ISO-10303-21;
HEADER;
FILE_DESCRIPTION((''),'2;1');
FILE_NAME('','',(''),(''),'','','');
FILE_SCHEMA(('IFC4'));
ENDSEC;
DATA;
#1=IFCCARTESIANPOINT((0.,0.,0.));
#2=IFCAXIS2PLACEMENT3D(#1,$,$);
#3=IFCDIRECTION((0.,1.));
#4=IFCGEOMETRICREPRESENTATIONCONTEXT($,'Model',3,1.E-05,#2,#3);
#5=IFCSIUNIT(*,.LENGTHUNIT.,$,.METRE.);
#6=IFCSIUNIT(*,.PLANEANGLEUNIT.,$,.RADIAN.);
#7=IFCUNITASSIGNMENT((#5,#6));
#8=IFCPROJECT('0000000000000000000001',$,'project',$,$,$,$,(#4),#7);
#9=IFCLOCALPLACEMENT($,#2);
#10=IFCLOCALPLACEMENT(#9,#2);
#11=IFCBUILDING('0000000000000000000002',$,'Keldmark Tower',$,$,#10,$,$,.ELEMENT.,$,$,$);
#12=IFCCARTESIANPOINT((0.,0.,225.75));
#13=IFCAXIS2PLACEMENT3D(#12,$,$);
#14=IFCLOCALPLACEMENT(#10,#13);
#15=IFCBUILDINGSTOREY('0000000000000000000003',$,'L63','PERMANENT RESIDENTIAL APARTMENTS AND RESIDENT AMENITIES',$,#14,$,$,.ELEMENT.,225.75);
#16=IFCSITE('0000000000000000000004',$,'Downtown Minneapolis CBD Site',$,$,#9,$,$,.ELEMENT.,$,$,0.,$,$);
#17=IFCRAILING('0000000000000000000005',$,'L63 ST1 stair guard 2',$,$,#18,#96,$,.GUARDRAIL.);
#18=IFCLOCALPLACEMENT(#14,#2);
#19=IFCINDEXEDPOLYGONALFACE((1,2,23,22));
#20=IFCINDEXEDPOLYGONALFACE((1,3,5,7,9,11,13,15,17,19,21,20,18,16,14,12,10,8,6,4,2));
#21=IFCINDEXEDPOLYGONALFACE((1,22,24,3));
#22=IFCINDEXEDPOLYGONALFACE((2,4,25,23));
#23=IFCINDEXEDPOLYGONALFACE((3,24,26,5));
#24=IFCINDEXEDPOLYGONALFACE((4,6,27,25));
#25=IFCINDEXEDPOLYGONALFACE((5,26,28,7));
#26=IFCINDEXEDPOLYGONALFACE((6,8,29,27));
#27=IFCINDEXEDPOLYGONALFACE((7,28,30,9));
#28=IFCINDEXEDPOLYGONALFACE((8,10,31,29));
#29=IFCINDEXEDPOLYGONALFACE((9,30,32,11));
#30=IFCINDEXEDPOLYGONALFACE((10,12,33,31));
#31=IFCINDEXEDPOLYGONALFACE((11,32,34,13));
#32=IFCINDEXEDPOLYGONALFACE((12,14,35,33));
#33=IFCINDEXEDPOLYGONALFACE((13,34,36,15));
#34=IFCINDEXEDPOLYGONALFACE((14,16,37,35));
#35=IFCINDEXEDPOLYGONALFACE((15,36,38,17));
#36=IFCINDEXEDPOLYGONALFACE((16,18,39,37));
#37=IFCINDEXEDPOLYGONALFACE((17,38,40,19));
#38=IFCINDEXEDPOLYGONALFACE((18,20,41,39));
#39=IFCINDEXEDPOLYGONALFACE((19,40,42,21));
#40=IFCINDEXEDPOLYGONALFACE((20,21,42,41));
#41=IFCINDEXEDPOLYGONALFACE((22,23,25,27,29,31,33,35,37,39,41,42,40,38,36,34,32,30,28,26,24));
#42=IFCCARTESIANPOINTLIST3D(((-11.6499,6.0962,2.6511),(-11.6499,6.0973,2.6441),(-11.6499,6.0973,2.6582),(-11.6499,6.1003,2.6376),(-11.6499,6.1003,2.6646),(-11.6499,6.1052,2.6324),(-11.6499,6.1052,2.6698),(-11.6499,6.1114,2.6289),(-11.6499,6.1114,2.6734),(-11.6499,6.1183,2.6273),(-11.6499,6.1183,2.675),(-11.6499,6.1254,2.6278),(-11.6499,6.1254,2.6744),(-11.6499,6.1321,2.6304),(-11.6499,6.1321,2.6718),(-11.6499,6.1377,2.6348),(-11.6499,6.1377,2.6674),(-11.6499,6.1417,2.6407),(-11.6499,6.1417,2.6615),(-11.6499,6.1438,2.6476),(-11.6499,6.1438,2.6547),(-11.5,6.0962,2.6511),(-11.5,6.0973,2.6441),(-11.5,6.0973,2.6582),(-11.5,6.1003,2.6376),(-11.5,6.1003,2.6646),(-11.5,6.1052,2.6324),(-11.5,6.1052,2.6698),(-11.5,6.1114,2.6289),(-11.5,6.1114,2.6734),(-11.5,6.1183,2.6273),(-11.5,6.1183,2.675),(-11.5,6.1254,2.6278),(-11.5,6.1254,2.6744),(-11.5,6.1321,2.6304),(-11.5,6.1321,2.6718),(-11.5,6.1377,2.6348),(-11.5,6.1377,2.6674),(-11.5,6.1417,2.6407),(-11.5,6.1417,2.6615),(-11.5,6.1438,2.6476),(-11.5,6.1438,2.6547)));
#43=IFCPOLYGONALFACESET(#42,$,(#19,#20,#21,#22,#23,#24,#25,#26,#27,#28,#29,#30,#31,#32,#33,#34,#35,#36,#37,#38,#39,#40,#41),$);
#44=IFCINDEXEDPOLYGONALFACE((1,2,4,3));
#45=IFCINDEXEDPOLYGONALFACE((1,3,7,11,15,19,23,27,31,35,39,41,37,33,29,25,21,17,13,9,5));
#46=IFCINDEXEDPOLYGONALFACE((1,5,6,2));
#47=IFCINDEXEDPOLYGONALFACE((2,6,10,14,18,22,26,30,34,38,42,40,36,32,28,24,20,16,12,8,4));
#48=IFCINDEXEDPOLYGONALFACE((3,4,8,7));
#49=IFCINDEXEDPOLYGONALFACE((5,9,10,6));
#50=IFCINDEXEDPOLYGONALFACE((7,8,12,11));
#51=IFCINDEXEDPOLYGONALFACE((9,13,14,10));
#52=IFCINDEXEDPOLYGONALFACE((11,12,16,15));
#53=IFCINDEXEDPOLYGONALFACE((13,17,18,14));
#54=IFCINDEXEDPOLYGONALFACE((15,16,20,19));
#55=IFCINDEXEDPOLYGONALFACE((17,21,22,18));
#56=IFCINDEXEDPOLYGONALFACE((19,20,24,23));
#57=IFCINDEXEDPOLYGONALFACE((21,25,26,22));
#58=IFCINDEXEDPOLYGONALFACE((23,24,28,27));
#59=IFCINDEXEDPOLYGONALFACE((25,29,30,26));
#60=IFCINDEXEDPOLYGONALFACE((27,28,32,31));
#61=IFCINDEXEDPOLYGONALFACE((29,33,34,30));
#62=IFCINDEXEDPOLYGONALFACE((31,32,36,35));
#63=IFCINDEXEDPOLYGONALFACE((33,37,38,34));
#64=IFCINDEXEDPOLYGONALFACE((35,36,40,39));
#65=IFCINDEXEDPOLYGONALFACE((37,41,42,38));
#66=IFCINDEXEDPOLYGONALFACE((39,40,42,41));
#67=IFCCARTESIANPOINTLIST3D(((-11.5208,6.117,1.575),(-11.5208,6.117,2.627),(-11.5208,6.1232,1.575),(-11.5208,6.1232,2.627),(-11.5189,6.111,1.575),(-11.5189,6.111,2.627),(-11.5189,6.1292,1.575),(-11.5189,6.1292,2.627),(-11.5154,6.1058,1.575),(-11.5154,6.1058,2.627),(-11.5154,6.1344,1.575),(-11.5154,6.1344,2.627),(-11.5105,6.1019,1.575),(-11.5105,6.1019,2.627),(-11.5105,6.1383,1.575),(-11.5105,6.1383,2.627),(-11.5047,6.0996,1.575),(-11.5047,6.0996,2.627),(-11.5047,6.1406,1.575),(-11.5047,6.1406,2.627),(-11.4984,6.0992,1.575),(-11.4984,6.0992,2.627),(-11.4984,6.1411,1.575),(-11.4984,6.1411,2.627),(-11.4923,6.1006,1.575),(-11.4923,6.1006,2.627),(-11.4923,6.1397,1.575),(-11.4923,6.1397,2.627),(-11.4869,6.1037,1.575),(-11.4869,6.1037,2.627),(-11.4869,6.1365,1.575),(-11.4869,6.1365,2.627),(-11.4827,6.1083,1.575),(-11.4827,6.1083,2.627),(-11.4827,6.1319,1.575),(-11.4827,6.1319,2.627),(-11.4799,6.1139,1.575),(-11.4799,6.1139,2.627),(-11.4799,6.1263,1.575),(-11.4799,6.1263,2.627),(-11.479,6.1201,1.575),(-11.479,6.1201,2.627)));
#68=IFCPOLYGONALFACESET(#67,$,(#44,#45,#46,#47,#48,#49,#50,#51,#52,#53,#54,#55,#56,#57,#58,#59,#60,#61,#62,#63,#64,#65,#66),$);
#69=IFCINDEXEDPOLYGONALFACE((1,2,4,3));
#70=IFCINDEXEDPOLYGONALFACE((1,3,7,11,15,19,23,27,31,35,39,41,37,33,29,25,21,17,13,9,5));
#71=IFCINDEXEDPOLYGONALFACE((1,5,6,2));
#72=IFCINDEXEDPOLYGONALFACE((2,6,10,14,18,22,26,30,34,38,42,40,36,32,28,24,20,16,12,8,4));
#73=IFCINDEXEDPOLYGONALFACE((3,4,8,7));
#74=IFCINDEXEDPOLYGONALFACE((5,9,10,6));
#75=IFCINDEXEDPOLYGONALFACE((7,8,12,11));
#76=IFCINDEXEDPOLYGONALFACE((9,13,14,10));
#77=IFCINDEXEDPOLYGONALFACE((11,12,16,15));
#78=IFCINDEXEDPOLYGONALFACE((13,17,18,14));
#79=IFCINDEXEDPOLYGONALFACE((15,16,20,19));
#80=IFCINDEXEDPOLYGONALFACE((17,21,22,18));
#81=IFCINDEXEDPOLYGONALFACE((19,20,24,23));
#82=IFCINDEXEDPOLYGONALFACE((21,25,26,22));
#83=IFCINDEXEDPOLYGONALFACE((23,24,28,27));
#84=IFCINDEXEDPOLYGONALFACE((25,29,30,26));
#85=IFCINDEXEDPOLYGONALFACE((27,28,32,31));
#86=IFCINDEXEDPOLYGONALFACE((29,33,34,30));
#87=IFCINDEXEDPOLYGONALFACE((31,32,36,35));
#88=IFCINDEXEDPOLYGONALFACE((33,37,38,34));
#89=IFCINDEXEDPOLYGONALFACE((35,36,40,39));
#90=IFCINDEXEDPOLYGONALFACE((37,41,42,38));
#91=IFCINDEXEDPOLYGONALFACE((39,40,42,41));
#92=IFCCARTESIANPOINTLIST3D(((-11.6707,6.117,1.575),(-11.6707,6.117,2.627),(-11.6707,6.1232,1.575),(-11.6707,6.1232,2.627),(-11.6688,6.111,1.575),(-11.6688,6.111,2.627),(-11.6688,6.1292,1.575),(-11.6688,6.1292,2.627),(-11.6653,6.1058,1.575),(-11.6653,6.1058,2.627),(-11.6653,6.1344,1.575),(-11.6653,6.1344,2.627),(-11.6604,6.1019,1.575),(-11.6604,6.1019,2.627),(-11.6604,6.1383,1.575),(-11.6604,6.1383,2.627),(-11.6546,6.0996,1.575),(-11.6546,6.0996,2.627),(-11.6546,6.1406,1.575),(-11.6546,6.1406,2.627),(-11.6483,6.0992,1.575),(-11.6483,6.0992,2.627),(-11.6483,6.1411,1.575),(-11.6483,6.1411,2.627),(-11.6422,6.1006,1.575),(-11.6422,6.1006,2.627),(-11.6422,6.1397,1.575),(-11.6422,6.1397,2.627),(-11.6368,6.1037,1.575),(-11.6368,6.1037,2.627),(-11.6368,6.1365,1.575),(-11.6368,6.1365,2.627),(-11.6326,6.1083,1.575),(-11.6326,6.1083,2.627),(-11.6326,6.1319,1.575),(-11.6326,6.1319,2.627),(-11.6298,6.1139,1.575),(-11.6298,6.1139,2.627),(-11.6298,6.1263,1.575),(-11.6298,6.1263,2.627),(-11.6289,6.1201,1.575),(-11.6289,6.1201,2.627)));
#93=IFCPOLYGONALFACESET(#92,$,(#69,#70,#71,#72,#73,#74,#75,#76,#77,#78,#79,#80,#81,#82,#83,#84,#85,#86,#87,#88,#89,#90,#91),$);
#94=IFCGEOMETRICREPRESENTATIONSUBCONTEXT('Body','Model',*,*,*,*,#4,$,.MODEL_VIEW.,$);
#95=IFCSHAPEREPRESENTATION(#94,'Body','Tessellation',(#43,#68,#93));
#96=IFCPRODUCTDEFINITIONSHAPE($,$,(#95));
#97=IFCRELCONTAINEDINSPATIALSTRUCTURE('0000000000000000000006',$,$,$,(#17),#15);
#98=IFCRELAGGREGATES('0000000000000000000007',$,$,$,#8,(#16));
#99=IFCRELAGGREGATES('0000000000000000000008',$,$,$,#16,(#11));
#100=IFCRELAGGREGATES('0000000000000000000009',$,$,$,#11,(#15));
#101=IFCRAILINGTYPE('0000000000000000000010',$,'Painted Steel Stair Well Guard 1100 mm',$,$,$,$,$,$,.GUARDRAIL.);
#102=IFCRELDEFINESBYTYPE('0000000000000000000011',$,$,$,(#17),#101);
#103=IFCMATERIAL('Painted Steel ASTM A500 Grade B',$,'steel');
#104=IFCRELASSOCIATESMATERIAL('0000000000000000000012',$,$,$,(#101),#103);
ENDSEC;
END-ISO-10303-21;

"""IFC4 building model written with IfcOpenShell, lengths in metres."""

from ifc_helpers import new_model, si_unit, direction, frame, origin, origin_2d, place, context, subcontext, project, spatial, circle, extrude, material, type_object, element, save


model = new_model("IFC4")

# Units and contexts
model_context = context("Model", 3, precision=1e-05, world=origin(), true_north=direction((0.0, 1.0)))
body_context = subcontext(model_context, "Body", "Model", "MODEL_VIEW")
ifc_project = project(units=[si_unit("LENGTHUNIT", "METRE"), si_unit("PLANEANGLEUNIT", "RADIAN")], contexts=[model_context])

# Site, building, storey
site_placement = place(None, origin())
site = spatial("IfcSite", under=ifc_project, at=site_placement, Name="Downtown Minneapolis CBD Site", CompositionType="ELEMENT", RefElevation=0.0)
building_placement = place(site_placement, origin())
building = spatial("IfcBuilding", under=site, at=building_placement, Name="Keldmark Tower", CompositionType="ELEMENT")
storey_placement = place(building_placement, frame((0.0, 0.0, 225.75)))
storey = spatial("IfcBuildingStorey", under=building, at=storey_placement, Name="L63", Description="PERMANENT RESIDENTIAL APARTMENTS AND RESIDENT AMENITIES", CompositionType="ELEMENT", Elevation=225.75)

# Railing
ifc_material_1 = material(Name="Painted Steel ASTM A500 Grade B", Category="steel")
railing_type_1 = type_object("IfcRailingType", Name="Painted Steel Stair Well Guard 1100 mm", PredefinedType="GUARDRAIL", material=ifc_material_1)
railing_1_placement = place(storey_placement, frame((-11.5, 6.1201, 1.575)))
element("IfcRailing", 1, at=railing_1_placement, inside=storey, type_object=railing_type_1, Name="L63 ST1 stair guard 2", PredefinedType="GUARDRAIL", context=body_context, shape_type="SweptSolid", body=[
    extrude(circle(Radius=0.0239, at=origin_2d()), frame((0.0, 0.0, 1.0762), z_axis=(-1.0, 0.0, 0.0), x_axis=(0.0, -1.0, 0.0)), (0.0, 0.0, 1.0), 0.1499),
    extrude(circle(Radius=0.021, at=origin_2d()), origin(), (0.0, 0.0, 1.0), 1.052),
    extrude(circle(Radius=0.021, at=origin_2d()), frame((-0.1499, 0.0, 0.0)), (0.0, 0.0, 1.0), 1.052),
])

save(model, "model.ifc")
